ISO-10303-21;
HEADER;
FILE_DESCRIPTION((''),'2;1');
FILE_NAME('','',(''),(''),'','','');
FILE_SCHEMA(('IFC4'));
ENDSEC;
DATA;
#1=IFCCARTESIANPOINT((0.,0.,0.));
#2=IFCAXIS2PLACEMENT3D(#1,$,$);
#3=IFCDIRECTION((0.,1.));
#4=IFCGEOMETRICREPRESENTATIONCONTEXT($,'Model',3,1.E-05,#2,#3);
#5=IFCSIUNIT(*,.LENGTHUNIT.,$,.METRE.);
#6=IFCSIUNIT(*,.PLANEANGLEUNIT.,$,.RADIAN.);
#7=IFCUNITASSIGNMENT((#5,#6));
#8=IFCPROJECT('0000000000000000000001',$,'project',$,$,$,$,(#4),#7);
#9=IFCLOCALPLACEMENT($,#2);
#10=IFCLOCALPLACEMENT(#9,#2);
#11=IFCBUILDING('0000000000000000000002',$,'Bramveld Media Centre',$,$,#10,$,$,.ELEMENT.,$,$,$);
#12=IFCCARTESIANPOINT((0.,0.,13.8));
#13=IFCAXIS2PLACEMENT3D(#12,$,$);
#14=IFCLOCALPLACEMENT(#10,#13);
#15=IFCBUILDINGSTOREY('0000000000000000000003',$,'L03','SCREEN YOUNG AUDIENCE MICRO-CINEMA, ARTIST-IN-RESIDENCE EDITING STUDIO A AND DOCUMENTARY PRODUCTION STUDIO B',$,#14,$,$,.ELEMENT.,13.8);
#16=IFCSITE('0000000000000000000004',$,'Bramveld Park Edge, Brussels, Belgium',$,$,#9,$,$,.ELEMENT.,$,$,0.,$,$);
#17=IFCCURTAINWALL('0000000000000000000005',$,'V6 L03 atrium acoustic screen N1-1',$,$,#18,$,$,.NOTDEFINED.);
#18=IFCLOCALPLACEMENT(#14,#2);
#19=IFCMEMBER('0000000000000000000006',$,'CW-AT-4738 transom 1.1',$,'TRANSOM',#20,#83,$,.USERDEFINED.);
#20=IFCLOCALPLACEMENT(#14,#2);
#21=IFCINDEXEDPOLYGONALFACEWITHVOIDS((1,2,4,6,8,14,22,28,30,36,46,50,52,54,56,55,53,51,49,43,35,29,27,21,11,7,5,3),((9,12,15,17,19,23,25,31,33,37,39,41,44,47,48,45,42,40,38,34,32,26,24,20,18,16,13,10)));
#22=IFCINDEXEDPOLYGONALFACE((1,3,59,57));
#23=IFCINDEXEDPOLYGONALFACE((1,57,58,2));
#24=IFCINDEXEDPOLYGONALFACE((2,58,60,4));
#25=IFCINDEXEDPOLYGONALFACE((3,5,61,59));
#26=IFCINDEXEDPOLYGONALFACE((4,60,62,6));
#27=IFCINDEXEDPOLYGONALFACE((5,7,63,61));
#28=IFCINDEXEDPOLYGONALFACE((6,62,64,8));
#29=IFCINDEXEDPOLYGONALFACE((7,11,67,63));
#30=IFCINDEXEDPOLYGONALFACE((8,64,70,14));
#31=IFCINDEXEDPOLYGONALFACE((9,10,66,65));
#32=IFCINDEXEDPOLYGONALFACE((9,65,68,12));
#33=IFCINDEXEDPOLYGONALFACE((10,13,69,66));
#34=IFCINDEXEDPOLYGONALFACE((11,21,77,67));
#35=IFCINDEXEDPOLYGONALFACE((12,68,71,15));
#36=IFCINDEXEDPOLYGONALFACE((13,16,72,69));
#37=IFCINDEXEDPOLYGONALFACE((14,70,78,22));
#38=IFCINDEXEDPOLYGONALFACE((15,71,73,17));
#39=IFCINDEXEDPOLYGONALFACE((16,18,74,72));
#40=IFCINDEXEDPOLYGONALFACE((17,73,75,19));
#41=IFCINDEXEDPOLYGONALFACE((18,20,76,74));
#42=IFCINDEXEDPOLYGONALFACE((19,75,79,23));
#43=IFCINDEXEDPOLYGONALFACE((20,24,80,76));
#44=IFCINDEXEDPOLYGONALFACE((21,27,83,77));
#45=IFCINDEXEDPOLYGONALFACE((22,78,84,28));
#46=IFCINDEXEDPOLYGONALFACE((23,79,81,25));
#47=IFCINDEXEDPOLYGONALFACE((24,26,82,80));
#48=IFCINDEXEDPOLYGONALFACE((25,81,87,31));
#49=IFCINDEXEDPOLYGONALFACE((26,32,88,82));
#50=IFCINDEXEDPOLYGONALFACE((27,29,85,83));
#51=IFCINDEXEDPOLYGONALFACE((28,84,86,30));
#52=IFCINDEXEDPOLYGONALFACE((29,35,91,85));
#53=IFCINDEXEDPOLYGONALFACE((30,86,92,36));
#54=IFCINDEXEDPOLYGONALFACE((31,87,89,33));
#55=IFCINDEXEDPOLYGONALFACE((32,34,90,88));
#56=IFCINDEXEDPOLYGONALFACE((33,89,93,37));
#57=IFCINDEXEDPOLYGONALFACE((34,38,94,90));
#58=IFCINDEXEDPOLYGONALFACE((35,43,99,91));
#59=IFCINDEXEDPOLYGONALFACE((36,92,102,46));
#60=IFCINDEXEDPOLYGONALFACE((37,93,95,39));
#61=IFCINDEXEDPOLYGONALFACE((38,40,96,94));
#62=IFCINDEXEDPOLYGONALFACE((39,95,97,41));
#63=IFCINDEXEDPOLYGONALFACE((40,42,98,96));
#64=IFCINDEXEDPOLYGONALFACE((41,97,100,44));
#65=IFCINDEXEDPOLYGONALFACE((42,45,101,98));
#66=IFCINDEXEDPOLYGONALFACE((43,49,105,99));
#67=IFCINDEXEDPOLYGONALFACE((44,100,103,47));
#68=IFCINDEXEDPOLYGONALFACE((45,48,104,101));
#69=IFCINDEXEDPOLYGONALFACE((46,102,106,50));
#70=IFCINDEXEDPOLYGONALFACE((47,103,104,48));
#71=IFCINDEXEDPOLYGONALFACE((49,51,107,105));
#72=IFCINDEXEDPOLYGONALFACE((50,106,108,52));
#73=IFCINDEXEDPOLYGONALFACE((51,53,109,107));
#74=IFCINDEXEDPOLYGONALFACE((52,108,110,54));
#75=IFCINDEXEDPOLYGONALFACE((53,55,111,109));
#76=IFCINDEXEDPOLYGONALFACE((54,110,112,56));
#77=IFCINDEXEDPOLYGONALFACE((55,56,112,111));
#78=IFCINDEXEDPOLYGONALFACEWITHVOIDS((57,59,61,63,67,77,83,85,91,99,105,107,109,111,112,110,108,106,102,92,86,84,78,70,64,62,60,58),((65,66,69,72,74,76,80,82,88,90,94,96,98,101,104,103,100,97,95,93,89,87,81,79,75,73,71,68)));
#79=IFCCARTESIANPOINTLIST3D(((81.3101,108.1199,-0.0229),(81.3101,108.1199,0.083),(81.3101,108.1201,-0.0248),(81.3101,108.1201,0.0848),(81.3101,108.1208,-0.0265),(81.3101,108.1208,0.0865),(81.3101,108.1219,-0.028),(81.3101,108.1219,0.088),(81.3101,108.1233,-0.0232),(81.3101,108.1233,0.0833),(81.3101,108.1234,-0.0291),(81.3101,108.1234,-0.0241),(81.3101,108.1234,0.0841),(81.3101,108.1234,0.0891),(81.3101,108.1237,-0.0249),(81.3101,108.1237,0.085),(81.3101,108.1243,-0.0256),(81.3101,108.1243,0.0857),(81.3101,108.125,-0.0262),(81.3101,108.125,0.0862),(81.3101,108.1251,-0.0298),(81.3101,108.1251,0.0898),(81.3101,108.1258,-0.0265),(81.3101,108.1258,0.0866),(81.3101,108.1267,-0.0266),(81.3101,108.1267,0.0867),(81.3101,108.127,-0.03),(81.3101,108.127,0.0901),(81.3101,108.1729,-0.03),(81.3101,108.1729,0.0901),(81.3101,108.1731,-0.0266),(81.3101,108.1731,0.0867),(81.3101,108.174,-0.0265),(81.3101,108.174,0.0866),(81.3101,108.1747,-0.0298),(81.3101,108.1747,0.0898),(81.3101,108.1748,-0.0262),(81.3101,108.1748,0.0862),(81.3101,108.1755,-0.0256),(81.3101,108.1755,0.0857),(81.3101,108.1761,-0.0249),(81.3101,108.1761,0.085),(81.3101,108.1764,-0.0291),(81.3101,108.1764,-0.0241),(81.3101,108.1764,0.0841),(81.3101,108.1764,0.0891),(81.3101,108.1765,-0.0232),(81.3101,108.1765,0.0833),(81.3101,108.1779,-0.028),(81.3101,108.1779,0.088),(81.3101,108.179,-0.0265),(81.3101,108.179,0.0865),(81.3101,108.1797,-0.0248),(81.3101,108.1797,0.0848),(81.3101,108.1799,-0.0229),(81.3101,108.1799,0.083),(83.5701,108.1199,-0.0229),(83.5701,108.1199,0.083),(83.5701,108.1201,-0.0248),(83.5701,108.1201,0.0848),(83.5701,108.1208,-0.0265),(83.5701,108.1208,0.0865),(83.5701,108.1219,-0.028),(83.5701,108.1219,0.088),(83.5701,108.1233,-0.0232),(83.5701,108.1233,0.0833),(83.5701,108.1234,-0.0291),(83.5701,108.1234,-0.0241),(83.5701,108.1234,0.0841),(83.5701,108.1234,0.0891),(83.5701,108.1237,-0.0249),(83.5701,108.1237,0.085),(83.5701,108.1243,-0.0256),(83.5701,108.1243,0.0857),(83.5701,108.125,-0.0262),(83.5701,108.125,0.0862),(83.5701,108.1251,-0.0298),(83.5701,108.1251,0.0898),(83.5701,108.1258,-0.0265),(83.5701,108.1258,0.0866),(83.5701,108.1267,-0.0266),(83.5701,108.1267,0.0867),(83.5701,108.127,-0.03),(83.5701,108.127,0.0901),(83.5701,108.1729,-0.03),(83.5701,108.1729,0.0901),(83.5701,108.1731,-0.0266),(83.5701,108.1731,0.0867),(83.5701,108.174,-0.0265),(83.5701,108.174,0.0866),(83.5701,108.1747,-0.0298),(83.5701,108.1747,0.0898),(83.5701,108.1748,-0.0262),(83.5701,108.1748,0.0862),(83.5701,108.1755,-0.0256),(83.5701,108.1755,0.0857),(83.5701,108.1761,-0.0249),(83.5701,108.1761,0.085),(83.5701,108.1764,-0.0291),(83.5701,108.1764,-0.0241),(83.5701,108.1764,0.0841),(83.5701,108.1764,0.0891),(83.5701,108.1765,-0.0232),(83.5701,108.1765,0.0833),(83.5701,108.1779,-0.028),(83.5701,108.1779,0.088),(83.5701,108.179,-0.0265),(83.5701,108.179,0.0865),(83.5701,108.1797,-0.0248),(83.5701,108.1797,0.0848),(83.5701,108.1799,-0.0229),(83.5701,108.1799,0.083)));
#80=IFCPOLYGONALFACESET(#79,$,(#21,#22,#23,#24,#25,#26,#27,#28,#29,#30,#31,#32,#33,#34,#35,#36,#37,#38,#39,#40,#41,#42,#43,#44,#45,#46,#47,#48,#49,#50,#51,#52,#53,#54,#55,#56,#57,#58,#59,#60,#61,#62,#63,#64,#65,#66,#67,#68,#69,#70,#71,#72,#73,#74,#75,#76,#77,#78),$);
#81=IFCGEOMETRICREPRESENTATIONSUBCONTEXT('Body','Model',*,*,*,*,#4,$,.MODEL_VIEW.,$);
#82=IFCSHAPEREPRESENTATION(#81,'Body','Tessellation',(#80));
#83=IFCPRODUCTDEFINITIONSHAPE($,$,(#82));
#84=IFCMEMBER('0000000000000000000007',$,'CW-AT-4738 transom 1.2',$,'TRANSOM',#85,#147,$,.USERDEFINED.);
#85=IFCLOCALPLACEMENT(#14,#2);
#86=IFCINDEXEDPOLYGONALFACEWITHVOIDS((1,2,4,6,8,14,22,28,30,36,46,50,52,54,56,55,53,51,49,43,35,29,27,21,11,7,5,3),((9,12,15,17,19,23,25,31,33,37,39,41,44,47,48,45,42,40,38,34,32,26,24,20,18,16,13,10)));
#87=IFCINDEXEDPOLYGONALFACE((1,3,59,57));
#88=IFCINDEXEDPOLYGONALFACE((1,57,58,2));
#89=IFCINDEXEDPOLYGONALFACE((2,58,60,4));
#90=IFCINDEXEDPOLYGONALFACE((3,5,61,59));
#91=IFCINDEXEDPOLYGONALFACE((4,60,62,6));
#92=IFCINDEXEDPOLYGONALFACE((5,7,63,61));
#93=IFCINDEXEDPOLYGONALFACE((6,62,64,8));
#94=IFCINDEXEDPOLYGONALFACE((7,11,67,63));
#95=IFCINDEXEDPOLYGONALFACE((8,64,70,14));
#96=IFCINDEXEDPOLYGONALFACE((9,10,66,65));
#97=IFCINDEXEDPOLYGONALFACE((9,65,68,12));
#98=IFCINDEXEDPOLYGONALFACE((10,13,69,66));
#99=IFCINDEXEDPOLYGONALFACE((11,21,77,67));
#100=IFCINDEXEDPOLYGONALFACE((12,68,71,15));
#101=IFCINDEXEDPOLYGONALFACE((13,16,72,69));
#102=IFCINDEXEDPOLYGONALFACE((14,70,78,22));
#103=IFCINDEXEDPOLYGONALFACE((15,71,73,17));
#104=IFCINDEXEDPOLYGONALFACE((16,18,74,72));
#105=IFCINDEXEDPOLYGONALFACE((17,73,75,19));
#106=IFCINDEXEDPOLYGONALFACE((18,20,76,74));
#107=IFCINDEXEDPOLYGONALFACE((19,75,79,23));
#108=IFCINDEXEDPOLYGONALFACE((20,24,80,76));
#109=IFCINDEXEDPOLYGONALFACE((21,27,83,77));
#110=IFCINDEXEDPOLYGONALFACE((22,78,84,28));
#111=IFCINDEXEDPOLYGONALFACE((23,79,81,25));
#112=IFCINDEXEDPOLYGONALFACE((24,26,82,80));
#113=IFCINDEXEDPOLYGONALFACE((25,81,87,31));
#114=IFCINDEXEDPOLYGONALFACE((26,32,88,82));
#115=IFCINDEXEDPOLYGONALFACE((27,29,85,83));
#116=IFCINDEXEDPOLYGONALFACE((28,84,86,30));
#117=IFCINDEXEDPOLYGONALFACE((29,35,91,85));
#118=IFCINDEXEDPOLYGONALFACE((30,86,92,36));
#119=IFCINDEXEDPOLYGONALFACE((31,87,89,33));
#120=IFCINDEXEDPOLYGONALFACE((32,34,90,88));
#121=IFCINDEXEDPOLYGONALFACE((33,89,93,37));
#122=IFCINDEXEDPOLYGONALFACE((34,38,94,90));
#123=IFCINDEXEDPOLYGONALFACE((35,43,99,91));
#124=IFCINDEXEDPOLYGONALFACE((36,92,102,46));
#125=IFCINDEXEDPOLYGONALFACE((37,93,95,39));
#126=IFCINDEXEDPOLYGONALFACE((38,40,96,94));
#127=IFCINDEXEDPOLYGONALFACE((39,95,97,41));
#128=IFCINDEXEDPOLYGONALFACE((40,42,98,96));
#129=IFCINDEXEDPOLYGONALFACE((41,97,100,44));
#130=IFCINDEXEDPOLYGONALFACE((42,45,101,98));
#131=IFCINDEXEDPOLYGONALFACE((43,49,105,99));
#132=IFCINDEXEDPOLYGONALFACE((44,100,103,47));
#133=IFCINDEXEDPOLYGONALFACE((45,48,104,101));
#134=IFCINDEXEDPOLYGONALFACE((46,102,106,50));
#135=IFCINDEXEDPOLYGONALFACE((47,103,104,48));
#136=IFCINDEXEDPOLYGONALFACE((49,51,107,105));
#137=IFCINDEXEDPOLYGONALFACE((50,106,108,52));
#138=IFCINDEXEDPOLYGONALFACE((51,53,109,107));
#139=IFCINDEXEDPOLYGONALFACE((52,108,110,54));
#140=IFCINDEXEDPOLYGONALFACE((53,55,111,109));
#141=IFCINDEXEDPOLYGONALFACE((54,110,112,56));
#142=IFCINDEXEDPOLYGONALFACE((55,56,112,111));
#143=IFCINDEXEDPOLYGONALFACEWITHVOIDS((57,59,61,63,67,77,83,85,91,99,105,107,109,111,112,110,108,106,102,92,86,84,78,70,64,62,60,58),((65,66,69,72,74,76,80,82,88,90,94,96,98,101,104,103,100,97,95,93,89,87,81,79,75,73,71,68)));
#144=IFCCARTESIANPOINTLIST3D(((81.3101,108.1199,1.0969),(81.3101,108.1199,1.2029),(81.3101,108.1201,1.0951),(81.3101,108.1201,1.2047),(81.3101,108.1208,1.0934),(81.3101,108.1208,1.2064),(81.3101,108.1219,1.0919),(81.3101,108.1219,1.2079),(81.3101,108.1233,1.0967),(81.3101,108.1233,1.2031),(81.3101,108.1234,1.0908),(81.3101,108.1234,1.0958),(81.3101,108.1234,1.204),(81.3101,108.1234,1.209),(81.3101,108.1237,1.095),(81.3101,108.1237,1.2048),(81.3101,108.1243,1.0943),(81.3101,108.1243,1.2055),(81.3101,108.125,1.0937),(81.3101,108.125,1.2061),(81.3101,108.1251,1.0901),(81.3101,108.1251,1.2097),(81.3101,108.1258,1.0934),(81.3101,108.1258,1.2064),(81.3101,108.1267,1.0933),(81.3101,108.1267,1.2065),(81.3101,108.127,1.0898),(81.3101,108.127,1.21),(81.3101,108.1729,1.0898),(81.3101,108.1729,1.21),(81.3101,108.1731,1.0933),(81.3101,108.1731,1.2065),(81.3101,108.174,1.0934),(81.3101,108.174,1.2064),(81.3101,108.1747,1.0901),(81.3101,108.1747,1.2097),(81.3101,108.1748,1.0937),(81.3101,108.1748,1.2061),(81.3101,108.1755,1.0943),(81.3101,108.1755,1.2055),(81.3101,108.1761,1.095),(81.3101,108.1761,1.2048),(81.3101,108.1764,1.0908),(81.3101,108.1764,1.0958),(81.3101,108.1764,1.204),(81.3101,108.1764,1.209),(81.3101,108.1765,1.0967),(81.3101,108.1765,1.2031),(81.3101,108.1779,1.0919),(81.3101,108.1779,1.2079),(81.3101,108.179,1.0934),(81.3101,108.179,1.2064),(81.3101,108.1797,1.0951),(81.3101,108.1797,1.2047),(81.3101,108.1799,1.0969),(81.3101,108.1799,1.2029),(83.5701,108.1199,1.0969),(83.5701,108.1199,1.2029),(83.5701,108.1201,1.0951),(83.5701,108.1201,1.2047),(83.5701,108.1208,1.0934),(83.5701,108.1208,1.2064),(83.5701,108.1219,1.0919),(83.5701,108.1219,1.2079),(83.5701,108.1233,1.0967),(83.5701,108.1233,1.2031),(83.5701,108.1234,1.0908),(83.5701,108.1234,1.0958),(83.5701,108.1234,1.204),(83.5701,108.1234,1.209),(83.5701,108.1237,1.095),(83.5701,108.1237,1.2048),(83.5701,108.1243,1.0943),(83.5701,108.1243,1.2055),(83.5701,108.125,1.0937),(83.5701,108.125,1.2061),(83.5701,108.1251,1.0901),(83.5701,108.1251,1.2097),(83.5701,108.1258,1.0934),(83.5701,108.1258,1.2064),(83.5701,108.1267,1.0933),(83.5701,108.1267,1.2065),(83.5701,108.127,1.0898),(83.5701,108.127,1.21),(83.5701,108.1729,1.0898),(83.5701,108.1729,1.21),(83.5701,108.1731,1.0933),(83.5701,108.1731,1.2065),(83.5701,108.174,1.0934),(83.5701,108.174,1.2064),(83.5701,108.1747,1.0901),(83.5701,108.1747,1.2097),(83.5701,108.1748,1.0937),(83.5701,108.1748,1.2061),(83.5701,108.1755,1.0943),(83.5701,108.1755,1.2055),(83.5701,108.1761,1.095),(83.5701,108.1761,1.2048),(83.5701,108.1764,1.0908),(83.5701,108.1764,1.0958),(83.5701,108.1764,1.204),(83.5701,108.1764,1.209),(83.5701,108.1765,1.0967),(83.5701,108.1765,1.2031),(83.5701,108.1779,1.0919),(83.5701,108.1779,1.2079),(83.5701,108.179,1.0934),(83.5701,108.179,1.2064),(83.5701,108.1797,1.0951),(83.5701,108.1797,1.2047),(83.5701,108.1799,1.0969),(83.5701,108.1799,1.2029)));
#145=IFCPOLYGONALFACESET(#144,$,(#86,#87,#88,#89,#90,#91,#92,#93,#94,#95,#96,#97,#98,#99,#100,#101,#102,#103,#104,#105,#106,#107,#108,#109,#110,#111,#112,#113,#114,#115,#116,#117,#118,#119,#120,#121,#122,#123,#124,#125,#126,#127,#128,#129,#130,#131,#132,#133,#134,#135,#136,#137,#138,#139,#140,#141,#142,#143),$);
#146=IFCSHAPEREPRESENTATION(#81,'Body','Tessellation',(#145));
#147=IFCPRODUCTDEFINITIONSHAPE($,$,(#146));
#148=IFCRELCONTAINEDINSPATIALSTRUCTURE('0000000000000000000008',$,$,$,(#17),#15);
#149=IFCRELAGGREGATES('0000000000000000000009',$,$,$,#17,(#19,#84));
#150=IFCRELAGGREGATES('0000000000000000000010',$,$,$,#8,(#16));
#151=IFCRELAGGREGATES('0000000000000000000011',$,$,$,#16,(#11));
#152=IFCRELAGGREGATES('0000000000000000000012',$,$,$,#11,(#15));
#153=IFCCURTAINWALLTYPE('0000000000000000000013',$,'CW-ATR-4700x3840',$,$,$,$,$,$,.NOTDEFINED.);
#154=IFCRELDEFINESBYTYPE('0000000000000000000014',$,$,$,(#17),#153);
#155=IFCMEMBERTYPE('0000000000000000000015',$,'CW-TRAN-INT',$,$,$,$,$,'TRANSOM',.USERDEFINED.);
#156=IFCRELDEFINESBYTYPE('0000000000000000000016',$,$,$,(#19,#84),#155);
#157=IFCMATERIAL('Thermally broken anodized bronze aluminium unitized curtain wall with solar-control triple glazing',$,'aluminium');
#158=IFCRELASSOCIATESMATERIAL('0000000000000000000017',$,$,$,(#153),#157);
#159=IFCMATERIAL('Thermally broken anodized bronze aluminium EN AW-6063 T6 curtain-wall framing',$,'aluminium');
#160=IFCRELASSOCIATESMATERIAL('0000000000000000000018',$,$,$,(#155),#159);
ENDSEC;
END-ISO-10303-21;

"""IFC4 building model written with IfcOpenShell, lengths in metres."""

from ifc_helpers import new_model, si_unit, direction, frame, origin, origin_2d, place, context, subcontext, project, spatial, hollow_rectangle, extrude, material, material_profile, profile_set, type_object, element, aggregate, save


model = new_model("IFC4")

# Units and contexts
model_context = context("Model", 3, precision=1e-05, world=origin(), true_north=direction((0.0, 1.0)))
body_context = subcontext(model_context, "Body", "Model", "MODEL_VIEW")
ifc_project = project(units=[si_unit("LENGTHUNIT", "METRE"), si_unit("PLANEANGLEUNIT", "RADIAN")], contexts=[model_context])

# Site, building, storey
site_placement = place(None, origin())
site = spatial("IfcSite", under=ifc_project, at=site_placement, Name="Bramveld Park Edge, Brussels, Belgium", CompositionType="ELEMENT", RefElevation=0.0)
building_placement = place(site_placement, origin())
building = spatial("IfcBuilding", under=site, at=building_placement, Name="Bramveld Media Centre", CompositionType="ELEMENT")
storey_placement = place(building_placement, frame((0.0, 0.0, 13.8)))
storey = spatial("IfcBuildingStorey", under=building, at=storey_placement, Name="L03", Description="SCREEN YOUNG AUDIENCE MICRO-CINEMA, ARTIST-IN-RESIDENCE EDITING STUDIO A AND DOCUMENTARY PRODUCTION STUDIO B", CompositionType="ELEMENT", Elevation=13.8)

# Curtain wall
ifc_material_1 = material(Name="Thermally broken anodized bronze aluminium unitized curtain wall with solar-control triple glazing", Category="aluminium")
curtain_wall_type_1 = type_object("IfcCurtainWallType", Name="CW-ATR-4700x3840", PredefinedType="NOTDEFINED", material=ifc_material_1)
curtain_wall_1_placement = place(storey_placement, origin())
curtain_wall_1 = element("IfcCurtainWall", 1, at=curtain_wall_1_placement, inside=storey, type_object=curtain_wall_type_1, Name="V6 L03 atrium acoustic screen N1-1", PredefinedType="NOTDEFINED")

# Members
ifc_material_2 = material(Name="Thermally broken anodized bronze aluminium EN AW-6063 T6 curtain-wall framing", Category="aluminium")
ifc_material_profile_1 = material_profile(ifc_material_2, hollow_rectangle(XDim=0.0601, YDim=0.1201, WallThickness=0.0034, InnerFilletRadius=0.0034, OuterFilletRadius=0.0071, at=origin_2d()), Name="AL-TRAN 60x120")
ifc_profile_set_1 = profile_set([ifc_material_profile_1], Name="Thermally broken anodized bronze aluminium EN AW-6063 T6 curtain-wall framing")
member_type_1 = type_object("IfcMemberType", Name="CW-TRAN-INT", ElementType="TRANSOM", PredefinedType="USERDEFINED", material=ifc_profile_set_1)
member_1_placement = place(storey_placement, frame((81.3101, 108.1499, 0.03), z_axis=(1.0, 0.0, 0.0), x_axis=(0.0, 1.0, 0.0)))
member_1 = element("IfcMember", 2, at=member_1_placement, type_object=member_type_1, Name="CW-AT-4738 transom 1.1", ObjectType="TRANSOM", PredefinedType="USERDEFINED", context=body_context, shape_type="SweptSolid", body=[
    extrude(hollow_rectangle(XDim=0.0601, YDim=0.1201, WallThickness=0.0034, InnerFilletRadius=0.0034, OuterFilletRadius=0.0071, at=origin_2d()), origin(), (0.0, 0.0, 1.0), 2.26),
])
member_2_placement = place(storey_placement, frame((81.3101, 108.1499, 1.1499), z_axis=(1.0, 0.0, 0.0), x_axis=(0.0, 1.0, 0.0)))
member_2 = element("IfcMember", 3, at=member_2_placement, type_object=member_type_1, Name="CW-AT-4738 transom 1.2", ObjectType="TRANSOM", PredefinedType="USERDEFINED", context=body_context, shape_type="SweptSolid", body=[
    extrude(hollow_rectangle(XDim=0.0601, YDim=0.1201, WallThickness=0.0034, InnerFilletRadius=0.0034, OuterFilletRadius=0.0071, at=origin_2d()), origin(), (0.0, 0.0, 1.0), 2.26),
])

aggregate(curtain_wall_1, [member_1, member_2])

save(model, "model.ifc")
